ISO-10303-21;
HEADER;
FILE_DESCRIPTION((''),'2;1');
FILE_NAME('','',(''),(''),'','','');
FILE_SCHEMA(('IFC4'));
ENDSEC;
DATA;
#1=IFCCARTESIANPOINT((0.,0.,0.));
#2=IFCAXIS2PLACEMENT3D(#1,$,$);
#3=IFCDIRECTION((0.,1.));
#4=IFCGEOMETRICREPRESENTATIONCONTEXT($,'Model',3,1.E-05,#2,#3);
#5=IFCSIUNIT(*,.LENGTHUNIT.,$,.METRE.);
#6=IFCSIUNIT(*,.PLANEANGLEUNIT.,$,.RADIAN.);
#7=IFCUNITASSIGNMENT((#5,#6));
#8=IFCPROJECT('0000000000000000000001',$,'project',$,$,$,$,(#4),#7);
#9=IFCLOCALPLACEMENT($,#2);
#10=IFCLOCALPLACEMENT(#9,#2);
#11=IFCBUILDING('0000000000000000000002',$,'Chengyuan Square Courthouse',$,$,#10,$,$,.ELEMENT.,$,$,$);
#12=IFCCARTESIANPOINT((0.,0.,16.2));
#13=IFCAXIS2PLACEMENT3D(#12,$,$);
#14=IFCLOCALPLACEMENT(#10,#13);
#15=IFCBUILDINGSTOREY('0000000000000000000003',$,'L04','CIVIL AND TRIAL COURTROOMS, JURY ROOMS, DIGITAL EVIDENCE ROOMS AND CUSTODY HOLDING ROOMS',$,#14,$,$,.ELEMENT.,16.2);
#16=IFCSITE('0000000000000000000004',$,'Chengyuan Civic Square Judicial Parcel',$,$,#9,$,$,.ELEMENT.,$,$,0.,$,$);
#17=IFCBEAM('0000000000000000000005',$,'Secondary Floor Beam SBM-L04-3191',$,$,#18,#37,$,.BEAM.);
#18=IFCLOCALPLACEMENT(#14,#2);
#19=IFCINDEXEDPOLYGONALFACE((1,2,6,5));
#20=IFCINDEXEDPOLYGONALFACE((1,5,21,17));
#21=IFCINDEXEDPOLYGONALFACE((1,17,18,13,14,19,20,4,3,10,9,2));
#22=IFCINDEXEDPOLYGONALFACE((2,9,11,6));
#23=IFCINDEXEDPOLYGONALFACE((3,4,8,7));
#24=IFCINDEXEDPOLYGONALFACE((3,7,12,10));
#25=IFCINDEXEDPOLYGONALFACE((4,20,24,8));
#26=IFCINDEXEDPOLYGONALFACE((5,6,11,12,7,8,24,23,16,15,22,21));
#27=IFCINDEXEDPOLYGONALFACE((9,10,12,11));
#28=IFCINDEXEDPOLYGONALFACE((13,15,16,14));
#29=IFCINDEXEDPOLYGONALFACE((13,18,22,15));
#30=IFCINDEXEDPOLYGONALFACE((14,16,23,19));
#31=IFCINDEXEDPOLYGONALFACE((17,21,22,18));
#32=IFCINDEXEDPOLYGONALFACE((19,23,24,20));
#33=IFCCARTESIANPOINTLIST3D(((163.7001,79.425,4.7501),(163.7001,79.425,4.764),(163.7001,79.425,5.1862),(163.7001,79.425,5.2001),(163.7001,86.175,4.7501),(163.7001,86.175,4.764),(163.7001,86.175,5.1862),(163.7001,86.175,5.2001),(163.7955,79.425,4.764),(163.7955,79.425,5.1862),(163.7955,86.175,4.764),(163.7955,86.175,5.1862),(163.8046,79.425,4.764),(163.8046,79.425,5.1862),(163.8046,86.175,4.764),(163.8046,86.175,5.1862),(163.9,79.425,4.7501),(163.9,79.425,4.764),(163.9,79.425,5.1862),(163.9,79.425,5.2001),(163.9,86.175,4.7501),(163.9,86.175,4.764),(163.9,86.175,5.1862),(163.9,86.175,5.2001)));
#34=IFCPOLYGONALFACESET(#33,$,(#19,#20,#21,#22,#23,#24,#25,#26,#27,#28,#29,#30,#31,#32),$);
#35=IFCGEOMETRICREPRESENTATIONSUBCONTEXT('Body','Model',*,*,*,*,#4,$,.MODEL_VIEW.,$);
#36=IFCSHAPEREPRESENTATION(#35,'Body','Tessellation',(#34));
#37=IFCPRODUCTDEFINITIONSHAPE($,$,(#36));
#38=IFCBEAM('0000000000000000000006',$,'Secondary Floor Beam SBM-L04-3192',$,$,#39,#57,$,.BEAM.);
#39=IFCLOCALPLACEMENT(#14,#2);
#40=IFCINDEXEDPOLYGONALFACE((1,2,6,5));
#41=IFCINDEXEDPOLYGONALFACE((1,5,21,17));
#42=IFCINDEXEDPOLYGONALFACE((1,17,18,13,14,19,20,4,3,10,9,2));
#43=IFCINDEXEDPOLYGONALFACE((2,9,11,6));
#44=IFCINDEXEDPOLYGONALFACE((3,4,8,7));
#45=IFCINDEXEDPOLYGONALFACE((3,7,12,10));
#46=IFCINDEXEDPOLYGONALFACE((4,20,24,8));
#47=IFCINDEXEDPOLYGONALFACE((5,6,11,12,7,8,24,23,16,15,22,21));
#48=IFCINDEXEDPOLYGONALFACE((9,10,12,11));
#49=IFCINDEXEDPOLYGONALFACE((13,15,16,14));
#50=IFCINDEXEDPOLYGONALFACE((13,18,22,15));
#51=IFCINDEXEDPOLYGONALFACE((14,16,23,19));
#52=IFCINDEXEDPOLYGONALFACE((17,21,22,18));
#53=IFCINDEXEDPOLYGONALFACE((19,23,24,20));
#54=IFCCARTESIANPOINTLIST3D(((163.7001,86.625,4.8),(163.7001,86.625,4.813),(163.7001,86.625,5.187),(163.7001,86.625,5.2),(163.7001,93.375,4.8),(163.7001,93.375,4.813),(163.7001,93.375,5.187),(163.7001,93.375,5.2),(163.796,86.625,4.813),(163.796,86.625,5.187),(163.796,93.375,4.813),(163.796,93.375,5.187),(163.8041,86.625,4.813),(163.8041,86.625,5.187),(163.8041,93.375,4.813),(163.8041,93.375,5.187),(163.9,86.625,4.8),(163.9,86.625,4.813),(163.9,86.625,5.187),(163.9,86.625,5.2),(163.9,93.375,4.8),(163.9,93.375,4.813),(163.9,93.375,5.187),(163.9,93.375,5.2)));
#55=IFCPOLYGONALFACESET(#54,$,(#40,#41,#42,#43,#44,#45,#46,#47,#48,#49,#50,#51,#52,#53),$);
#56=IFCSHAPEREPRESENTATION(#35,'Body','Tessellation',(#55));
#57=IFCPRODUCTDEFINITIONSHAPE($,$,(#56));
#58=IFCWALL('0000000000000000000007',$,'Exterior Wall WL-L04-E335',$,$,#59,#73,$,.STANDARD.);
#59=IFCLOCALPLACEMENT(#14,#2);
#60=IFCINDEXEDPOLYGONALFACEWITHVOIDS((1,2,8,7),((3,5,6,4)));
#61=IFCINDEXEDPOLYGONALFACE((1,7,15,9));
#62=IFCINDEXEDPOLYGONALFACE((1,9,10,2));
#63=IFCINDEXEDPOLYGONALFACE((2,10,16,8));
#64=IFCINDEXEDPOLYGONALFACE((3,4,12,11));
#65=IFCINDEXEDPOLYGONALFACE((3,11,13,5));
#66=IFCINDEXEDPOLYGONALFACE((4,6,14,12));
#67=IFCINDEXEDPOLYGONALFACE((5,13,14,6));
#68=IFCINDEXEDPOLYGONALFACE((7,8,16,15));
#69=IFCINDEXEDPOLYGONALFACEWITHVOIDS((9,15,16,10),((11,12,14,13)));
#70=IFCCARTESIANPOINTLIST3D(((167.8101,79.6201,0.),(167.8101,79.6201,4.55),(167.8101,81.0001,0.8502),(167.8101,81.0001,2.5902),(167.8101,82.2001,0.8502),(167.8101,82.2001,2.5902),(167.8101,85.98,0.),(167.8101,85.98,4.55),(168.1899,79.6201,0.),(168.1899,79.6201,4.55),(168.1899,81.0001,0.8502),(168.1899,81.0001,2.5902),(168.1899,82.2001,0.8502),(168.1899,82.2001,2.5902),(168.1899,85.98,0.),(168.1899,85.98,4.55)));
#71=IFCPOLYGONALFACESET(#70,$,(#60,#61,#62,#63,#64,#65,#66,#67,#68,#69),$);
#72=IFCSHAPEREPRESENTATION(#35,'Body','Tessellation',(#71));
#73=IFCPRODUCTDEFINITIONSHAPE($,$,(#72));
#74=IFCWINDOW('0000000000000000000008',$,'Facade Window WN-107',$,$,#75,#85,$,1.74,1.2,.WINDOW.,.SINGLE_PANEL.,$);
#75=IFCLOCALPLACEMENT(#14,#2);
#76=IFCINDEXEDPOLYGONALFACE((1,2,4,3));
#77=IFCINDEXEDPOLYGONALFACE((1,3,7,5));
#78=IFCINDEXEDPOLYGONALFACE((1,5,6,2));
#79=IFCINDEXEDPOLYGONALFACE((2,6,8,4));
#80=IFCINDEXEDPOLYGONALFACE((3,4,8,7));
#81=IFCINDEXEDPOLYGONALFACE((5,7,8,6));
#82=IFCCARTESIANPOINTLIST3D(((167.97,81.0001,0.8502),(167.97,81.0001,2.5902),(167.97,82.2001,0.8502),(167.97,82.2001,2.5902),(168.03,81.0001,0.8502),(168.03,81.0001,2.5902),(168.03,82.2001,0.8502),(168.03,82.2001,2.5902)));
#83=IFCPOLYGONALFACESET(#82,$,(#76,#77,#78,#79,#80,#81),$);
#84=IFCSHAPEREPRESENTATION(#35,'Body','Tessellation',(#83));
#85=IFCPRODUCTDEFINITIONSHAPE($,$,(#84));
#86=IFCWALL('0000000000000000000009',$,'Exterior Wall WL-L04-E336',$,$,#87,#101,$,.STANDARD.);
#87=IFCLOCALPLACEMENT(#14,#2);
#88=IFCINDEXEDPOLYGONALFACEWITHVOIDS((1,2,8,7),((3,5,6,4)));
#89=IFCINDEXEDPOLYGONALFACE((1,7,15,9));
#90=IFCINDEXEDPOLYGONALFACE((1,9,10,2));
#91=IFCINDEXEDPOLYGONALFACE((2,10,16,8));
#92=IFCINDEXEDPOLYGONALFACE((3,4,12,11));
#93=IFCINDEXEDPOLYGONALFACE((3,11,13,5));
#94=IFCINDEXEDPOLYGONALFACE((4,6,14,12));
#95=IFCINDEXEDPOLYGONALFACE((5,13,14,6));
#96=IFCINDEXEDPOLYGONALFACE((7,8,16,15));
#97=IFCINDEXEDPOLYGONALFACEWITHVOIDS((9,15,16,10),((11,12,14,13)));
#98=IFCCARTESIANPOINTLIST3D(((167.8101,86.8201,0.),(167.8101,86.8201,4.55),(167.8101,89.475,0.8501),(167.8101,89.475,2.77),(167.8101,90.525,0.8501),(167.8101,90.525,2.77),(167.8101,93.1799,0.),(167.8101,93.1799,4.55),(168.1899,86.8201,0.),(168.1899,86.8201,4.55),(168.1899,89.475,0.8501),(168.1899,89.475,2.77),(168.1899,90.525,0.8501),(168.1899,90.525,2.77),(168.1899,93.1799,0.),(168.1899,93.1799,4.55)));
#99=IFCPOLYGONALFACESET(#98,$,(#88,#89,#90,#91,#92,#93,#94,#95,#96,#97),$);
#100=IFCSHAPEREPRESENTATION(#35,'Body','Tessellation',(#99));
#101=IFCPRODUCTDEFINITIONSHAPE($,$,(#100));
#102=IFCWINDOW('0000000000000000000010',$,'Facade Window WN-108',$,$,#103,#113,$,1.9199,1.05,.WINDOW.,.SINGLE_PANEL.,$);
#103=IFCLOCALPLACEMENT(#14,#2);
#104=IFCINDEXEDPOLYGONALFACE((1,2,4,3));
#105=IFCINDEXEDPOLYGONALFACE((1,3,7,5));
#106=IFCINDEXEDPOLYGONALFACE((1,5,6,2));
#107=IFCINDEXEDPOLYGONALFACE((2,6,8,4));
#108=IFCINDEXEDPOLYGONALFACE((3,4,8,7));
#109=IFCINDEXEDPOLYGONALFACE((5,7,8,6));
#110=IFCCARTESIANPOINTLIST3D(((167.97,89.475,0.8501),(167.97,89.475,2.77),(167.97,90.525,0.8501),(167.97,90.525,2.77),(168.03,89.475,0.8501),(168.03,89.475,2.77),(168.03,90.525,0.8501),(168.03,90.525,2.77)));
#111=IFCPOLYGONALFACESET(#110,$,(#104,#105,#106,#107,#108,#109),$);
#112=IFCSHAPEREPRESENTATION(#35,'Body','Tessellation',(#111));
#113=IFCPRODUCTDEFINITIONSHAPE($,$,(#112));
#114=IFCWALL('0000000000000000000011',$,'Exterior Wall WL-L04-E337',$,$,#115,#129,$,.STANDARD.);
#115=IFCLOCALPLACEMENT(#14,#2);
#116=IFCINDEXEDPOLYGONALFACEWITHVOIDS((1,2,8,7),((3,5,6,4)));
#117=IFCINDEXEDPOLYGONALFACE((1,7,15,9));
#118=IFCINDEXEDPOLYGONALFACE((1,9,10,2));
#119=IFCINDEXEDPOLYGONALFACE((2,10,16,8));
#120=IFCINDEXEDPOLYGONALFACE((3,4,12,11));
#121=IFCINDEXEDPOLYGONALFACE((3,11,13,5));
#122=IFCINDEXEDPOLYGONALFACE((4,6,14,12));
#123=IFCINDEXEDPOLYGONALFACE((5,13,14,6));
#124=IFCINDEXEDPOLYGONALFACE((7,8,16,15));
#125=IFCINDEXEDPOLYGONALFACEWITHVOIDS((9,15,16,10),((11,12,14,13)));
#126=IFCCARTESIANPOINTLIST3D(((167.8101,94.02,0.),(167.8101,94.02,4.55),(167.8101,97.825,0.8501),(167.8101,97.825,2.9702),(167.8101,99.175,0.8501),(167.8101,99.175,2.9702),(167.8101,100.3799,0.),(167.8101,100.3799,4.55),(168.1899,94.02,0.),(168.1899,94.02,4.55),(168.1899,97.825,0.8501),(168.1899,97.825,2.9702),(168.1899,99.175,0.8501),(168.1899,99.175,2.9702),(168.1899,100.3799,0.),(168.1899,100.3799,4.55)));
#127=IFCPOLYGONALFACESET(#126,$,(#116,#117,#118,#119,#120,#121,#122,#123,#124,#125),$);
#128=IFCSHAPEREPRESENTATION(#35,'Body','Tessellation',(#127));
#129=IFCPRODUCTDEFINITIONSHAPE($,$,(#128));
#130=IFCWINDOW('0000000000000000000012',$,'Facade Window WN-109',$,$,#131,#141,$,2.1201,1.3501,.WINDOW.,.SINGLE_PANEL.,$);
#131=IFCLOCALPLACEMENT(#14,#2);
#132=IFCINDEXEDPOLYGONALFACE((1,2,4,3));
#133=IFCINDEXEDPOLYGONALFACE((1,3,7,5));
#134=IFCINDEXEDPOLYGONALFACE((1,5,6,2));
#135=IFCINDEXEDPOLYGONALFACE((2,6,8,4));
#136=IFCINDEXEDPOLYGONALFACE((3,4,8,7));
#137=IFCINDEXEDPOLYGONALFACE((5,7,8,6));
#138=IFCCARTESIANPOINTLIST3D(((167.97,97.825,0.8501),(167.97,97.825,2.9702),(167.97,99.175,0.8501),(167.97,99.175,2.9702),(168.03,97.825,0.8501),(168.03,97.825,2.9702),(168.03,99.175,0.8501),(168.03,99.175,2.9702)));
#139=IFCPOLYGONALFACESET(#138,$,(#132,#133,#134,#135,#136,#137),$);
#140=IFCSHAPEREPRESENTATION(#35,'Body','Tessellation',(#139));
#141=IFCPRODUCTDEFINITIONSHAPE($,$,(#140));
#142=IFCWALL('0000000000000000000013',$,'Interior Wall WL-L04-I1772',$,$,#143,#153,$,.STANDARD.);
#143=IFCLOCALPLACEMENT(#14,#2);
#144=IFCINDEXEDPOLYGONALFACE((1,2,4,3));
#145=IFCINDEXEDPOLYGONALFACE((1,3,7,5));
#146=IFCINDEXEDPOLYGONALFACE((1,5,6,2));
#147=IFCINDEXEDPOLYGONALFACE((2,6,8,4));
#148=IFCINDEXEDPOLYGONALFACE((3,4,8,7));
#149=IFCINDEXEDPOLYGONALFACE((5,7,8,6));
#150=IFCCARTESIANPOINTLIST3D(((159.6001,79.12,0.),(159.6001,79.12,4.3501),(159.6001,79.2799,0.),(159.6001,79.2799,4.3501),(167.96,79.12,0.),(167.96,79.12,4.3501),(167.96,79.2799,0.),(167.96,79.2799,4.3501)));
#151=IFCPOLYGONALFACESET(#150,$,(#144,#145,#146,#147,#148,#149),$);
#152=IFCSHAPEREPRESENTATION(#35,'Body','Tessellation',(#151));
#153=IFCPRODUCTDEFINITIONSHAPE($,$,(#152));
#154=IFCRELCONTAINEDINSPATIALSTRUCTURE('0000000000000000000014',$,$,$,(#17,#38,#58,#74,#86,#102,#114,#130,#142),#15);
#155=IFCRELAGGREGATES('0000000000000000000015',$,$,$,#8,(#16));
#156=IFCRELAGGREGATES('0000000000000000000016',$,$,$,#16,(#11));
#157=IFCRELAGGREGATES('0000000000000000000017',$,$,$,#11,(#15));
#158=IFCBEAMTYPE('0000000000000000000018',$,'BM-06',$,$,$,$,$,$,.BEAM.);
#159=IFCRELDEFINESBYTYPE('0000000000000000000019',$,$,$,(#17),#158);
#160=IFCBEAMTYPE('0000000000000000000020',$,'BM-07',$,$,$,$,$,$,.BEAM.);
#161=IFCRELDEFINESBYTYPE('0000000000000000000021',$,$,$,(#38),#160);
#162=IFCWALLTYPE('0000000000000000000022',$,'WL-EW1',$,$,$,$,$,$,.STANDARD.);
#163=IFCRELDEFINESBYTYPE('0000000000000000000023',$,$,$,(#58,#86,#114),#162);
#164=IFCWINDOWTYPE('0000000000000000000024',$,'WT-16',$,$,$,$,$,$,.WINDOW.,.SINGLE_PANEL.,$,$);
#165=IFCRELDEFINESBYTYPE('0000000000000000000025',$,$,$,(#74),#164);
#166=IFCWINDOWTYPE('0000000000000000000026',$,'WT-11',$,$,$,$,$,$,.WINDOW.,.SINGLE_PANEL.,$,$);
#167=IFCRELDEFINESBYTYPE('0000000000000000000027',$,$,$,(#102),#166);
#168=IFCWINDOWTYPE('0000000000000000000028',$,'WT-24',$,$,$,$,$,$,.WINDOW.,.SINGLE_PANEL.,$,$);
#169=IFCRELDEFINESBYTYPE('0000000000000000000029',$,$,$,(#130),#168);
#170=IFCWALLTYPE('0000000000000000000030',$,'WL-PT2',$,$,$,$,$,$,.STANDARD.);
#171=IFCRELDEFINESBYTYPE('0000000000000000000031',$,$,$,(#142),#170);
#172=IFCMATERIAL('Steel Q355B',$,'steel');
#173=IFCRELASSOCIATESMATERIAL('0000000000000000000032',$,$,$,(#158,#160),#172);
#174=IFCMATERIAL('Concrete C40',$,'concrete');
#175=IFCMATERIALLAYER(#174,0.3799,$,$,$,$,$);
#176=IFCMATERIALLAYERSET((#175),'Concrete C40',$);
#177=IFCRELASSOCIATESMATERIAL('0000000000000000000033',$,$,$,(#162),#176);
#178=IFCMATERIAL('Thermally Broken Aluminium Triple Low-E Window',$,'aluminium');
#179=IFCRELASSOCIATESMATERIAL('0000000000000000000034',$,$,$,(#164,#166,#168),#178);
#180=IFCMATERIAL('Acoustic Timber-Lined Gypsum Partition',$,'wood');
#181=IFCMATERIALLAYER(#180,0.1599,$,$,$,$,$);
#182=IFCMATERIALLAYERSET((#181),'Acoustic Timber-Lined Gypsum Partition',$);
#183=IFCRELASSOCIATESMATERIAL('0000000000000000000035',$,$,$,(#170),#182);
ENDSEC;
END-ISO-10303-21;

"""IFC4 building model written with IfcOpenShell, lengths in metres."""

from ifc_helpers import new_model, si_unit, direction, frame, frame_2d, origin, origin_2d, place, context, subcontext, project, spatial, rectangle, i_section, extrude, material, layer, layer_set, material_profile, profile_set, type_object, element, fill, save


model = new_model("IFC4")

# Units and contexts
model_context = context("Model", 3, precision=1e-05, world=origin(), true_north=direction((0.0, 1.0)))
body_context = subcontext(model_context, "Body", "Model", "MODEL_VIEW")
ifc_project = project(units=[si_unit("LENGTHUNIT", "METRE"), si_unit("PLANEANGLEUNIT", "RADIAN")], contexts=[model_context])

# Site, building, storey
site_placement = place(None, origin())
site = spatial("IfcSite", under=ifc_project, at=site_placement, Name="Chengyuan Civic Square Judicial Parcel", CompositionType="ELEMENT", RefElevation=0.0)
building_placement = place(site_placement, origin())
building = spatial("IfcBuilding", under=site, at=building_placement, Name="Chengyuan Square Courthouse", CompositionType="ELEMENT")
storey_placement = place(building_placement, frame((0.0, 0.0, 16.2)))
storey = spatial("IfcBuildingStorey", under=building, at=storey_placement, Name="L04", Description="CIVIL AND TRIAL COURTROOMS, JURY ROOMS, DIGITAL EVIDENCE ROOMS AND CUSTODY HOLDING ROOMS", CompositionType="ELEMENT", Elevation=16.2)

# Beams
ifc_material_1 = material(Name="Concrete C40", Category="concrete")
ifc_material_2 = material(Name="Steel Q355B", Category="steel")
ifc_material_profile_1 = material_profile(ifc_material_2, i_section(OverallWidth=0.2, OverallDepth=0.45, WebThickness=0.009, FlangeThickness=0.0139, at=origin_2d()), Name="HN 450x200x9x14")
ifc_profile_set_1 = profile_set([ifc_material_profile_1], Name="Steel Q355B")
beam_type_1 = type_object("IfcBeamType", Name="BM-06", PredefinedType="BEAM", material=ifc_profile_set_1)
beam_1_placement = place(storey_placement, frame((163.8, 79.425, 4.9751), z_axis=(0.0, 1.0, 0.0), x_axis=(-1.0, 0.0, 0.0)))
element("IfcBeam", 1, at=beam_1_placement, inside=storey, type_object=beam_type_1, Name="Secondary Floor Beam SBM-L04-3191", PredefinedType="BEAM", context=body_context, shape_type="SweptSolid", body=[
    extrude(i_section(OverallWidth=0.2, OverallDepth=0.45, WebThickness=0.009, FlangeThickness=0.0139, at=origin_2d()), origin(), (0.0, 0.0, 1.0), 6.75),
])
ifc_material_profile_2 = material_profile(ifc_material_2, i_section(OverallWidth=0.2, OverallDepth=0.3999, WebThickness=0.0081, FlangeThickness=0.0129, at=origin_2d()), Name="HN 400x200x8x13")
ifc_profile_set_2 = profile_set([ifc_material_profile_2], Name="Steel Q355B")
beam_type_2 = type_object("IfcBeamType", Name="BM-07", PredefinedType="BEAM", material=ifc_profile_set_2)
beam_2_placement = place(storey_placement, frame((163.8, 86.625, 5.0), z_axis=(0.0, 1.0, 0.0), x_axis=(-1.0, 0.0, 0.0)))
element("IfcBeam", 2, at=beam_2_placement, inside=storey, type_object=beam_type_2, Name="Secondary Floor Beam SBM-L04-3192", PredefinedType="BEAM", context=body_context, shape_type="SweptSolid", body=[
    extrude(i_section(OverallWidth=0.2, OverallDepth=0.3999, WebThickness=0.0081, FlangeThickness=0.0129, at=origin_2d()), origin(), (0.0, 0.0, 1.0), 6.75),
])

# Walls, openings, windows
ifc_layer_1 = layer(ifc_material_1, 0.3799)
ifc_layer_set_1 = layer_set([ifc_layer_1], Name="Concrete C40")
wall_type_1 = type_object("IfcWallType", Name="WL-EW1", PredefinedType="STANDARD", material=ifc_layer_set_1)
wall_1_placement = place(storey_placement, frame((168.0, 79.6201, 0.0), z_axis=(0.0, 0.0, 1.0), x_axis=(0.0, 1.0, 0.0)))
wall_1 = element("IfcWall", 3, at=wall_1_placement, inside=storey, type_object=wall_type_1, Name="Exterior Wall WL-L04-E335", PredefinedType="STANDARD", context=body_context, shape_type="SweptSolid", body=[
    extrude(rectangle(XDim=6.3599, YDim=0.3799, at=frame_2d((3.1799, 0.0))), origin(), (0.0, 0.0, 1.0), 4.55),
])
opening_1_placement = place(wall_1_placement, frame((1.3799, 0.0, 0.8501)))
opening_1 = element("IfcOpeningElement", 4, at=opening_1_placement, cuts=wall_1, PredefinedType="OPENING", context=body_context, shape_type="SweptSolid", body=[
    extrude(rectangle(XDim=1.2, YDim=1.74, at=frame_2d((0.6001, 0.8701))), frame((0.0, 0.2019, 0.0), z_axis=(0.0, -1.0, 0.0), x_axis=(1.0, 0.0, 0.0)), (0.0, 0.0, 1.0), 0.4038),
])
ifc_material_3 = material(Name="Thermally Broken Aluminium Triple Low-E Window", Category="aluminium")
window_type_1 = type_object("IfcWindowType", Name="WT-16", PartitioningType="SINGLE_PANEL", PredefinedType="WINDOW", material=ifc_material_3)
window_1_placement = place(opening_1_placement, origin())
window_1 = element("IfcWindow", 5, at=window_1_placement, inside=storey, type_object=window_type_1, Name="Facade Window WN-107", OverallHeight=1.74, OverallWidth=1.2, PartitioningType="SINGLE_PANEL", PredefinedType="WINDOW", context=body_context, shape_type="SweptSolid", body=[
    extrude(rectangle(XDim=1.2, YDim=1.74, at=frame_2d((0.6001, 0.8701))), frame((0.0, 0.03, 0.0), z_axis=(0.0, -1.0, 0.0), x_axis=(1.0, 0.0, 0.0)), (0.0, 0.0, 1.0), 0.0601),
])
fill(opening_1, window_1)
wall_2_placement = place(storey_placement, frame((168.0, 86.8201, 0.0), z_axis=(0.0, 0.0, 1.0), x_axis=(0.0, 1.0, 0.0)))
wall_2 = element("IfcWall", 6, at=wall_2_placement, inside=storey, type_object=wall_type_1, Name="Exterior Wall WL-L04-E336", PredefinedType="STANDARD", context=body_context, shape_type="SweptSolid", body=[
    extrude(rectangle(XDim=6.3599, YDim=0.3799, at=frame_2d((3.1799, 0.0))), origin(), (0.0, 0.0, 1.0), 4.55),
])
opening_2_placement = place(wall_2_placement, frame((2.655, 0.0, 0.8501)))
opening_2 = element("IfcOpeningElement", 7, at=opening_2_placement, cuts=wall_2, PredefinedType="OPENING", context=body_context, shape_type="SweptSolid", body=[
    extrude(rectangle(XDim=1.05, YDim=1.9199, at=frame_2d((0.5249, 0.96))), frame((0.0, 0.2019, 0.0), z_axis=(0.0, -1.0, 0.0), x_axis=(1.0, 0.0, 0.0)), (0.0, 0.0, 1.0), 0.4038),
])
window_type_2 = type_object("IfcWindowType", Name="WT-11", PartitioningType="SINGLE_PANEL", PredefinedType="WINDOW", material=ifc_material_3)
window_2_placement = place(opening_2_placement, origin())
window_2 = element("IfcWindow", 8, at=window_2_placement, inside=storey, type_object=window_type_2, Name="Facade Window WN-108", OverallHeight=1.9199, OverallWidth=1.05, PartitioningType="SINGLE_PANEL", PredefinedType="WINDOW", context=body_context, shape_type="SweptSolid", body=[
    extrude(rectangle(XDim=1.05, YDim=1.9199, at=frame_2d((0.5249, 0.96))), frame((0.0, 0.03, 0.0), z_axis=(0.0, -1.0, 0.0), x_axis=(1.0, 0.0, 0.0)), (0.0, 0.0, 1.0), 0.0601),
])
fill(opening_2, window_2)
wall_3_placement = place(storey_placement, frame((168.0, 94.02, 0.0), z_axis=(0.0, 0.0, 1.0), x_axis=(0.0, 1.0, 0.0)))
wall_3 = element("IfcWall", 9, at=wall_3_placement, inside=storey, type_object=wall_type_1, Name="Exterior Wall WL-L04-E337", PredefinedType="STANDARD", context=body_context, shape_type="SweptSolid", body=[
    extrude(rectangle(XDim=6.3599, YDim=0.3799, at=frame_2d((3.1799, 0.0))), origin(), (0.0, 0.0, 1.0), 4.55),
])
opening_3_placement = place(wall_3_placement, frame((3.8049, 0.0, 0.8501)))
opening_3 = element("IfcOpeningElement", 10, at=opening_3_placement, cuts=wall_3, PredefinedType="OPENING", context=body_context, shape_type="SweptSolid", body=[
    extrude(rectangle(XDim=1.3501, YDim=2.1201, at=frame_2d((0.675, 1.0601))), frame((0.0, 0.2019, 0.0), z_axis=(0.0, -1.0, 0.0), x_axis=(1.0, 0.0, 0.0)), (0.0, 0.0, 1.0), 0.4038),
])
window_type_3 = type_object("IfcWindowType", Name="WT-24", PartitioningType="SINGLE_PANEL", PredefinedType="WINDOW", material=ifc_material_3)
window_3_placement = place(opening_3_placement, origin())
window_3 = element("IfcWindow", 11, at=window_3_placement, inside=storey, type_object=window_type_3, Name="Facade Window WN-109", OverallHeight=2.1201, OverallWidth=1.3501, PartitioningType="SINGLE_PANEL", PredefinedType="WINDOW", context=body_context, shape_type="SweptSolid", body=[
    extrude(rectangle(XDim=1.3501, YDim=2.1201, at=frame_2d((0.675, 1.0601))), frame((0.0, 0.03, 0.0), z_axis=(0.0, -1.0, 0.0), x_axis=(1.0, 0.0, 0.0)), (0.0, 0.0, 1.0), 0.0601),
])
fill(opening_3, window_3)

# Wall
ifc_material_4 = material(Name="Acoustic Timber-Lined Gypsum Partition", Category="wood")
ifc_layer_2 = layer(ifc_material_4, 0.1599)
ifc_layer_set_2 = layer_set([ifc_layer_2], Name="Acoustic Timber-Lined Gypsum Partition")
wall_type_2 = type_object("IfcWallType", Name="WL-PT2", PredefinedType="STANDARD", material=ifc_layer_set_2)
wall_4_placement = place(storey_placement, frame((159.6001, 79.2, 0.0), z_axis=(0.0, 0.0, 1.0), x_axis=(1.0, 0.0, 0.0)))
element("IfcWall", 12, at=wall_4_placement, inside=storey, type_object=wall_type_2, Name="Interior Wall WL-L04-I1772", PredefinedType="STANDARD", context=body_context, shape_type="SweptSolid", body=[
    extrude(rectangle(XDim=8.3599, YDim=0.1599, at=frame_2d((4.1799, 0.0))), origin(), (0.0, 0.0, 1.0), 4.3501),
])

save(model, "model.ifc")
